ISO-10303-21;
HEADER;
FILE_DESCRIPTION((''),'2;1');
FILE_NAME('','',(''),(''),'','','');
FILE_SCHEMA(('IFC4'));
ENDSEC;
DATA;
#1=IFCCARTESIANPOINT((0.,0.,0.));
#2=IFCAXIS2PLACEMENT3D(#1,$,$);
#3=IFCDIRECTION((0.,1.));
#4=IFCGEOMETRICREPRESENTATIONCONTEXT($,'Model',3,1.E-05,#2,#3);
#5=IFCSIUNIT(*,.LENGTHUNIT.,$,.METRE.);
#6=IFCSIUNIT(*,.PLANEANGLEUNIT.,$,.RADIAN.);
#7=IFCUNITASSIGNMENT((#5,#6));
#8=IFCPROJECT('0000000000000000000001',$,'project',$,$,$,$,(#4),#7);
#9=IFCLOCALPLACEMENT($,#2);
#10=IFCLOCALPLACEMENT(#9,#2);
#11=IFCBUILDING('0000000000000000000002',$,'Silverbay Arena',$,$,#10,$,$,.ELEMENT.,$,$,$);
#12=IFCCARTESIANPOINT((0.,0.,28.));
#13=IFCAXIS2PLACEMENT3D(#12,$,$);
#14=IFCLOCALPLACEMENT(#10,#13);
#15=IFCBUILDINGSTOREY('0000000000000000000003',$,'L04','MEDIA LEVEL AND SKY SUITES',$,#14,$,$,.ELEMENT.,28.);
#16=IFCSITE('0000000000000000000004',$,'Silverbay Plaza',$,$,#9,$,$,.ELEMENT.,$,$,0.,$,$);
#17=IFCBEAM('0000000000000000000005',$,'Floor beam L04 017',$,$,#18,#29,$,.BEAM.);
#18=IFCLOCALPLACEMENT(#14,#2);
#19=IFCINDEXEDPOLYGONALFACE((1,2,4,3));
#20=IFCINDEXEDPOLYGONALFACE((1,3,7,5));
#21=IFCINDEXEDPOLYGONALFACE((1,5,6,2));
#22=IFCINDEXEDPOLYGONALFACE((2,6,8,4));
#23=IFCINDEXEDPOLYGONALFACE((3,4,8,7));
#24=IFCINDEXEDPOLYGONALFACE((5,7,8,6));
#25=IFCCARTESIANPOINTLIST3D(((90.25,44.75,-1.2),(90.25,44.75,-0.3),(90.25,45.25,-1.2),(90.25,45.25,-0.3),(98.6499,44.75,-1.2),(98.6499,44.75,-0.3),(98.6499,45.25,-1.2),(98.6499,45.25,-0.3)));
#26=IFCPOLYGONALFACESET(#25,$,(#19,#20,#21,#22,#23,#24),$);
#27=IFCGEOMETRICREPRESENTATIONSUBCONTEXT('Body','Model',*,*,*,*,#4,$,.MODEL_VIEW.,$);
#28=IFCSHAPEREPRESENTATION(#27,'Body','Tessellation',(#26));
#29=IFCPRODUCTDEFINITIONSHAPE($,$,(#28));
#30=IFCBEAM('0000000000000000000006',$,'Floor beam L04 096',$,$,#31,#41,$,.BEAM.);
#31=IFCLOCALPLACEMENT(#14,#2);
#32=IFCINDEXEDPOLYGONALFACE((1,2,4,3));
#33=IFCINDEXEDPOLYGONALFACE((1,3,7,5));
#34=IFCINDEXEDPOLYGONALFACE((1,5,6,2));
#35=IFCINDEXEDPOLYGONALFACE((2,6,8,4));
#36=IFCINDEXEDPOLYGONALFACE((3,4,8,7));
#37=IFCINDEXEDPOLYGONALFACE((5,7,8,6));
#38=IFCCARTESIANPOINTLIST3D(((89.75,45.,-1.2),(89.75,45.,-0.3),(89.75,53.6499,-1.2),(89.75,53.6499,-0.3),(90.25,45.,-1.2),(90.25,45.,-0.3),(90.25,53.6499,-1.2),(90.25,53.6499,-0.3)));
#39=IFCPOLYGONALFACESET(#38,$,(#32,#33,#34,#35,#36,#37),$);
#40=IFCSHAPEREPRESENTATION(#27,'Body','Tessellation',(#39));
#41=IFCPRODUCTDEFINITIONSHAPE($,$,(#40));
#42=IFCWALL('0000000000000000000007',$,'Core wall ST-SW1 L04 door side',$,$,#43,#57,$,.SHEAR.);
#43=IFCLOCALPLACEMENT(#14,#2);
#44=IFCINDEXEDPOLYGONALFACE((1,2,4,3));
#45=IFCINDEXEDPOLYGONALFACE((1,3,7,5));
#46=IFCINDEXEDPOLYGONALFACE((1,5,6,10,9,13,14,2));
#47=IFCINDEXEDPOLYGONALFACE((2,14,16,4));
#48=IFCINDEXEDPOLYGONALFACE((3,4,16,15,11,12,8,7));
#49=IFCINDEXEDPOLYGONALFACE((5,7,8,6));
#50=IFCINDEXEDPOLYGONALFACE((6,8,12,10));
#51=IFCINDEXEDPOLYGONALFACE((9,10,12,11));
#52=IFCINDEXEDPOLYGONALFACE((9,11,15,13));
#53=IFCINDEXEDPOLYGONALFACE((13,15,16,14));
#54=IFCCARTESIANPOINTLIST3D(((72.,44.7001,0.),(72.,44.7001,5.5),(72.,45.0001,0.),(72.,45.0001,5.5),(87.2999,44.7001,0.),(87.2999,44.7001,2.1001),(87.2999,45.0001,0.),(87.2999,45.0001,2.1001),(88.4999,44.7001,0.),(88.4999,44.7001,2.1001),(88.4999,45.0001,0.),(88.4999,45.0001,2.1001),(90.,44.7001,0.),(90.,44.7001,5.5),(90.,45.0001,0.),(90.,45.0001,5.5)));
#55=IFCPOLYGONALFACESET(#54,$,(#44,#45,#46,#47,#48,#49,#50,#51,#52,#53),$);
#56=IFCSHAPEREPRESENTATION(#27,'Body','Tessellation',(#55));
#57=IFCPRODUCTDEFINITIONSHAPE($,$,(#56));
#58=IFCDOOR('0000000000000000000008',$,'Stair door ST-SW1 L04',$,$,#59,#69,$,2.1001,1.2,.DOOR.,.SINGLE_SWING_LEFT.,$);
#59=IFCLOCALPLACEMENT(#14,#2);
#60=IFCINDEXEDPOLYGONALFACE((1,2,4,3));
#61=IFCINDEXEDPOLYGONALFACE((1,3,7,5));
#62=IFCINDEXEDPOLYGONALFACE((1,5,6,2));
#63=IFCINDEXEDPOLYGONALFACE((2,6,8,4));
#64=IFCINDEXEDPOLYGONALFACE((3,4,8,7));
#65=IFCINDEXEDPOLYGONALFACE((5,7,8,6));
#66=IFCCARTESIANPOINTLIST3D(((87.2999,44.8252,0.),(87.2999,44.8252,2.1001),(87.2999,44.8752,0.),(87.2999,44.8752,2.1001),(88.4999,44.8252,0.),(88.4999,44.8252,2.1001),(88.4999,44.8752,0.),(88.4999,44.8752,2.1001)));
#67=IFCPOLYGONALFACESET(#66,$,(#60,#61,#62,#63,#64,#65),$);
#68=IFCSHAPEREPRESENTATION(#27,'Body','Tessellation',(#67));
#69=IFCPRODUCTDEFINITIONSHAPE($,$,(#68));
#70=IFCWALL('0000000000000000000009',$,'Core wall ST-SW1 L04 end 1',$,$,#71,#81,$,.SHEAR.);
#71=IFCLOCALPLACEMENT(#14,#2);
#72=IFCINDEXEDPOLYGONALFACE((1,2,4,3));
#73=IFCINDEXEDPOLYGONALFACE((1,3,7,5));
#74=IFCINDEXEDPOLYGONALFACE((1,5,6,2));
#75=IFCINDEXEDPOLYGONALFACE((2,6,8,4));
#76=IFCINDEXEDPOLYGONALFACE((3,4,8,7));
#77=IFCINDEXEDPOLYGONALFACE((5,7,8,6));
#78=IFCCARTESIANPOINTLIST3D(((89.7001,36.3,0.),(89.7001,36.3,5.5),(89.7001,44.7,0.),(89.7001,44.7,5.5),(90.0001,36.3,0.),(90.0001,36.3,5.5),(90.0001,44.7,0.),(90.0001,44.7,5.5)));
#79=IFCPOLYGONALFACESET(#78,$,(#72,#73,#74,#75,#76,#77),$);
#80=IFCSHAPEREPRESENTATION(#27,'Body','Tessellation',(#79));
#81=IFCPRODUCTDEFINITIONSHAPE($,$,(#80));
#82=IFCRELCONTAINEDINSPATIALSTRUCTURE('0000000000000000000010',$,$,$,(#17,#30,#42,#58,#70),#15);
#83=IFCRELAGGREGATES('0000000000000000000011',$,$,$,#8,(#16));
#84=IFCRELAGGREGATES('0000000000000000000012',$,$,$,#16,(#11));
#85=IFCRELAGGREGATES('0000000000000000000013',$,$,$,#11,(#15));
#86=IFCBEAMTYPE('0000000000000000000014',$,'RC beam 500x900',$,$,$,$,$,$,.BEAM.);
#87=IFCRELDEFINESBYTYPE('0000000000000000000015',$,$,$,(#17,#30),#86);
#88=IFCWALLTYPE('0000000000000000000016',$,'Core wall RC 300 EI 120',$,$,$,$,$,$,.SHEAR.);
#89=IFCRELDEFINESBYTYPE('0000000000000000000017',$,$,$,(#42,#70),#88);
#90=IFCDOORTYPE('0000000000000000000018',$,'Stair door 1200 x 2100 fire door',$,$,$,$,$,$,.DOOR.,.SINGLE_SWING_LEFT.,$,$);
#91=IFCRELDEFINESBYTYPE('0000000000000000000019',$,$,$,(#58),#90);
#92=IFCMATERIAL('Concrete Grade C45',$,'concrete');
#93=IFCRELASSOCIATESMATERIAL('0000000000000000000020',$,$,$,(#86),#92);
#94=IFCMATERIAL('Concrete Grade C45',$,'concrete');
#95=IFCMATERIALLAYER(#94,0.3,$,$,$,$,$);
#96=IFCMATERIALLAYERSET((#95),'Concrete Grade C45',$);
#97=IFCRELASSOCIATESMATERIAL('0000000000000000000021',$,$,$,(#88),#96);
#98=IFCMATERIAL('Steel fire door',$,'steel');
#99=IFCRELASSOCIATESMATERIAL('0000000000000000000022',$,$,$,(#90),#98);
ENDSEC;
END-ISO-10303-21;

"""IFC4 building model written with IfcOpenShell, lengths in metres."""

from ifc_helpers import new_model, si_unit, direction, frame, frame_2d, origin, origin_2d, place, context, subcontext, project, spatial, rectangle, extrude, material, layer, layer_set, material_profile, profile_set, type_object, element, fill, save


model = new_model("IFC4")

# Units and contexts
model_context = context("Model", 3, precision=1e-05, world=origin(), true_north=direction((0.0, 1.0)))
body_context = subcontext(model_context, "Body", "Model", "MODEL_VIEW")
ifc_project = project(units=[si_unit("LENGTHUNIT", "METRE"), si_unit("PLANEANGLEUNIT", "RADIAN")], contexts=[model_context])

# Site, building, storey
site_placement = place(None, origin())
site = spatial("IfcSite", under=ifc_project, at=site_placement, Name="Silverbay Plaza", CompositionType="ELEMENT", RefElevation=0.0)
building_placement = place(site_placement, origin())
building = spatial("IfcBuilding", under=site, at=building_placement, Name="Silverbay Arena", CompositionType="ELEMENT")
storey_placement = place(building_placement, frame((0.0, 0.0, 28.0)))
storey = spatial("IfcBuildingStorey", under=building, at=storey_placement, Name="L04", Description="MEDIA LEVEL AND SKY SUITES", CompositionType="ELEMENT", Elevation=28.0)

# Beams
ifc_material_1 = material(Name="Concrete Grade C45", Category="concrete")
ifc_material_profile = material_profile(ifc_material_1, rectangle(XDim=0.5, YDim=0.8999, at=origin_2d()), Name="RC 500x900")
ifc_profile_set = profile_set([ifc_material_profile], Name="Concrete Grade C45")
beam_type = type_object("IfcBeamType", Name="RC beam 500x900", PredefinedType="BEAM", material=ifc_profile_set)
beam_1_placement = place(storey_placement, frame((90.25, 45.0, -0.75), z_axis=(1.0, 0.0, 0.0), x_axis=(0.0, 1.0, 0.0)))
element("IfcBeam", 1, at=beam_1_placement, inside=storey, type_object=beam_type, Name="Floor beam L04 017", PredefinedType="BEAM", context=body_context, shape_type="SweptSolid", body=[
    extrude(rectangle(XDim=0.5, YDim=0.8999, at=origin_2d()), origin(), (0.0, 0.0, 1.0), 8.3999),
])
beam_2_placement = place(storey_placement, frame((90.0, 45.0, -0.75), z_axis=(0.0, 1.0, 0.0), x_axis=(-1.0, 0.0, 0.0)))
element("IfcBeam", 2, at=beam_2_placement, inside=storey, type_object=beam_type, Name="Floor beam L04 096", PredefinedType="BEAM", context=body_context, shape_type="SweptSolid", body=[
    extrude(rectangle(XDim=0.5, YDim=0.8999, at=origin_2d()), origin(), (0.0, 0.0, 1.0), 8.6499),
])

# Wall, opening, door
ifc_material_2 = material(Name="Concrete Grade C45", Category="concrete")
ifc_layer = layer(ifc_material_2, 0.3)
ifc_layer_set = layer_set([ifc_layer], Name="Concrete Grade C45")
wall_type = type_object("IfcWallType", Name="Core wall RC 300 EI 120", PredefinedType="SHEAR", material=ifc_layer_set)
wall_1_placement = place(storey_placement, frame((90.0, 44.8501, 0.0), z_axis=(0.0, 0.0, 1.0), x_axis=(-1.0, 0.0, 0.0)))
wall_1 = element("IfcWall", 3, at=wall_1_placement, inside=storey, type_object=wall_type, Name="Core wall ST-SW1 L04 door side", PredefinedType="SHEAR", context=body_context, shape_type="SweptSolid", body=[
    extrude(rectangle(XDim=18.0, YDim=0.3, at=frame_2d((9.0, 0.0))), origin(), (0.0, 0.0, 1.0), 5.5),
])
opening_placement = place(wall_1_placement, frame((1.5, 0.0, 0.0)))
opening = element("IfcOpeningElement", 4, at=opening_placement, cuts=wall_1, PredefinedType="OPENING", context=body_context, shape_type="SweptSolid", body=[
    extrude(rectangle(XDim=1.2, YDim=2.1001, at=frame_2d((0.6001, 1.05))), frame((0.0, 0.1602, 0.0), z_axis=(0.0, -1.0, 0.0), x_axis=(1.0, 0.0, 0.0)), (0.0, 0.0, 1.0), 0.3201),
])
ifc_material_3 = material(Name="Steel fire door", Category="steel")
door_type = type_object("IfcDoorType", Name="Stair door 1200 x 2100 fire door", OperationType="SINGLE_SWING_LEFT", PredefinedType="DOOR", material=ifc_material_3)
door_placement = place(opening_placement, origin())
door = element("IfcDoor", 5, at=door_placement, inside=storey, type_object=door_type, Name="Stair door ST-SW1 L04", OperationType="SINGLE_SWING_LEFT", OverallHeight=2.1001, OverallWidth=1.2, PredefinedType="DOOR", context=body_context, shape_type="SweptSolid", body=[
    extrude(rectangle(XDim=1.2, YDim=2.1001, at=frame_2d((0.6001, 1.05))), frame((0.0, 0.0249, 0.0), z_axis=(0.0, -1.0, 0.0), x_axis=(1.0, 0.0, 0.0)), (0.0, 0.0, 1.0), 0.05),
])
fill(opening, door)

# Wall
wall_2_placement = place(storey_placement, frame((89.8501, 44.7, 0.0), z_axis=(0.0, 0.0, 1.0), x_axis=(0.0, -1.0, 0.0)))
element("IfcWall", 6, at=wall_2_placement, inside=storey, type_object=wall_type, Name="Core wall ST-SW1 L04 end 1", PredefinedType="SHEAR", context=body_context, shape_type="SweptSolid", body=[
    extrude(rectangle(XDim=8.3999, YDim=0.3, at=frame_2d((4.2, 0.0))), origin(), (0.0, 0.0, 1.0), 5.5),
])

save(model, "model.ifc")
